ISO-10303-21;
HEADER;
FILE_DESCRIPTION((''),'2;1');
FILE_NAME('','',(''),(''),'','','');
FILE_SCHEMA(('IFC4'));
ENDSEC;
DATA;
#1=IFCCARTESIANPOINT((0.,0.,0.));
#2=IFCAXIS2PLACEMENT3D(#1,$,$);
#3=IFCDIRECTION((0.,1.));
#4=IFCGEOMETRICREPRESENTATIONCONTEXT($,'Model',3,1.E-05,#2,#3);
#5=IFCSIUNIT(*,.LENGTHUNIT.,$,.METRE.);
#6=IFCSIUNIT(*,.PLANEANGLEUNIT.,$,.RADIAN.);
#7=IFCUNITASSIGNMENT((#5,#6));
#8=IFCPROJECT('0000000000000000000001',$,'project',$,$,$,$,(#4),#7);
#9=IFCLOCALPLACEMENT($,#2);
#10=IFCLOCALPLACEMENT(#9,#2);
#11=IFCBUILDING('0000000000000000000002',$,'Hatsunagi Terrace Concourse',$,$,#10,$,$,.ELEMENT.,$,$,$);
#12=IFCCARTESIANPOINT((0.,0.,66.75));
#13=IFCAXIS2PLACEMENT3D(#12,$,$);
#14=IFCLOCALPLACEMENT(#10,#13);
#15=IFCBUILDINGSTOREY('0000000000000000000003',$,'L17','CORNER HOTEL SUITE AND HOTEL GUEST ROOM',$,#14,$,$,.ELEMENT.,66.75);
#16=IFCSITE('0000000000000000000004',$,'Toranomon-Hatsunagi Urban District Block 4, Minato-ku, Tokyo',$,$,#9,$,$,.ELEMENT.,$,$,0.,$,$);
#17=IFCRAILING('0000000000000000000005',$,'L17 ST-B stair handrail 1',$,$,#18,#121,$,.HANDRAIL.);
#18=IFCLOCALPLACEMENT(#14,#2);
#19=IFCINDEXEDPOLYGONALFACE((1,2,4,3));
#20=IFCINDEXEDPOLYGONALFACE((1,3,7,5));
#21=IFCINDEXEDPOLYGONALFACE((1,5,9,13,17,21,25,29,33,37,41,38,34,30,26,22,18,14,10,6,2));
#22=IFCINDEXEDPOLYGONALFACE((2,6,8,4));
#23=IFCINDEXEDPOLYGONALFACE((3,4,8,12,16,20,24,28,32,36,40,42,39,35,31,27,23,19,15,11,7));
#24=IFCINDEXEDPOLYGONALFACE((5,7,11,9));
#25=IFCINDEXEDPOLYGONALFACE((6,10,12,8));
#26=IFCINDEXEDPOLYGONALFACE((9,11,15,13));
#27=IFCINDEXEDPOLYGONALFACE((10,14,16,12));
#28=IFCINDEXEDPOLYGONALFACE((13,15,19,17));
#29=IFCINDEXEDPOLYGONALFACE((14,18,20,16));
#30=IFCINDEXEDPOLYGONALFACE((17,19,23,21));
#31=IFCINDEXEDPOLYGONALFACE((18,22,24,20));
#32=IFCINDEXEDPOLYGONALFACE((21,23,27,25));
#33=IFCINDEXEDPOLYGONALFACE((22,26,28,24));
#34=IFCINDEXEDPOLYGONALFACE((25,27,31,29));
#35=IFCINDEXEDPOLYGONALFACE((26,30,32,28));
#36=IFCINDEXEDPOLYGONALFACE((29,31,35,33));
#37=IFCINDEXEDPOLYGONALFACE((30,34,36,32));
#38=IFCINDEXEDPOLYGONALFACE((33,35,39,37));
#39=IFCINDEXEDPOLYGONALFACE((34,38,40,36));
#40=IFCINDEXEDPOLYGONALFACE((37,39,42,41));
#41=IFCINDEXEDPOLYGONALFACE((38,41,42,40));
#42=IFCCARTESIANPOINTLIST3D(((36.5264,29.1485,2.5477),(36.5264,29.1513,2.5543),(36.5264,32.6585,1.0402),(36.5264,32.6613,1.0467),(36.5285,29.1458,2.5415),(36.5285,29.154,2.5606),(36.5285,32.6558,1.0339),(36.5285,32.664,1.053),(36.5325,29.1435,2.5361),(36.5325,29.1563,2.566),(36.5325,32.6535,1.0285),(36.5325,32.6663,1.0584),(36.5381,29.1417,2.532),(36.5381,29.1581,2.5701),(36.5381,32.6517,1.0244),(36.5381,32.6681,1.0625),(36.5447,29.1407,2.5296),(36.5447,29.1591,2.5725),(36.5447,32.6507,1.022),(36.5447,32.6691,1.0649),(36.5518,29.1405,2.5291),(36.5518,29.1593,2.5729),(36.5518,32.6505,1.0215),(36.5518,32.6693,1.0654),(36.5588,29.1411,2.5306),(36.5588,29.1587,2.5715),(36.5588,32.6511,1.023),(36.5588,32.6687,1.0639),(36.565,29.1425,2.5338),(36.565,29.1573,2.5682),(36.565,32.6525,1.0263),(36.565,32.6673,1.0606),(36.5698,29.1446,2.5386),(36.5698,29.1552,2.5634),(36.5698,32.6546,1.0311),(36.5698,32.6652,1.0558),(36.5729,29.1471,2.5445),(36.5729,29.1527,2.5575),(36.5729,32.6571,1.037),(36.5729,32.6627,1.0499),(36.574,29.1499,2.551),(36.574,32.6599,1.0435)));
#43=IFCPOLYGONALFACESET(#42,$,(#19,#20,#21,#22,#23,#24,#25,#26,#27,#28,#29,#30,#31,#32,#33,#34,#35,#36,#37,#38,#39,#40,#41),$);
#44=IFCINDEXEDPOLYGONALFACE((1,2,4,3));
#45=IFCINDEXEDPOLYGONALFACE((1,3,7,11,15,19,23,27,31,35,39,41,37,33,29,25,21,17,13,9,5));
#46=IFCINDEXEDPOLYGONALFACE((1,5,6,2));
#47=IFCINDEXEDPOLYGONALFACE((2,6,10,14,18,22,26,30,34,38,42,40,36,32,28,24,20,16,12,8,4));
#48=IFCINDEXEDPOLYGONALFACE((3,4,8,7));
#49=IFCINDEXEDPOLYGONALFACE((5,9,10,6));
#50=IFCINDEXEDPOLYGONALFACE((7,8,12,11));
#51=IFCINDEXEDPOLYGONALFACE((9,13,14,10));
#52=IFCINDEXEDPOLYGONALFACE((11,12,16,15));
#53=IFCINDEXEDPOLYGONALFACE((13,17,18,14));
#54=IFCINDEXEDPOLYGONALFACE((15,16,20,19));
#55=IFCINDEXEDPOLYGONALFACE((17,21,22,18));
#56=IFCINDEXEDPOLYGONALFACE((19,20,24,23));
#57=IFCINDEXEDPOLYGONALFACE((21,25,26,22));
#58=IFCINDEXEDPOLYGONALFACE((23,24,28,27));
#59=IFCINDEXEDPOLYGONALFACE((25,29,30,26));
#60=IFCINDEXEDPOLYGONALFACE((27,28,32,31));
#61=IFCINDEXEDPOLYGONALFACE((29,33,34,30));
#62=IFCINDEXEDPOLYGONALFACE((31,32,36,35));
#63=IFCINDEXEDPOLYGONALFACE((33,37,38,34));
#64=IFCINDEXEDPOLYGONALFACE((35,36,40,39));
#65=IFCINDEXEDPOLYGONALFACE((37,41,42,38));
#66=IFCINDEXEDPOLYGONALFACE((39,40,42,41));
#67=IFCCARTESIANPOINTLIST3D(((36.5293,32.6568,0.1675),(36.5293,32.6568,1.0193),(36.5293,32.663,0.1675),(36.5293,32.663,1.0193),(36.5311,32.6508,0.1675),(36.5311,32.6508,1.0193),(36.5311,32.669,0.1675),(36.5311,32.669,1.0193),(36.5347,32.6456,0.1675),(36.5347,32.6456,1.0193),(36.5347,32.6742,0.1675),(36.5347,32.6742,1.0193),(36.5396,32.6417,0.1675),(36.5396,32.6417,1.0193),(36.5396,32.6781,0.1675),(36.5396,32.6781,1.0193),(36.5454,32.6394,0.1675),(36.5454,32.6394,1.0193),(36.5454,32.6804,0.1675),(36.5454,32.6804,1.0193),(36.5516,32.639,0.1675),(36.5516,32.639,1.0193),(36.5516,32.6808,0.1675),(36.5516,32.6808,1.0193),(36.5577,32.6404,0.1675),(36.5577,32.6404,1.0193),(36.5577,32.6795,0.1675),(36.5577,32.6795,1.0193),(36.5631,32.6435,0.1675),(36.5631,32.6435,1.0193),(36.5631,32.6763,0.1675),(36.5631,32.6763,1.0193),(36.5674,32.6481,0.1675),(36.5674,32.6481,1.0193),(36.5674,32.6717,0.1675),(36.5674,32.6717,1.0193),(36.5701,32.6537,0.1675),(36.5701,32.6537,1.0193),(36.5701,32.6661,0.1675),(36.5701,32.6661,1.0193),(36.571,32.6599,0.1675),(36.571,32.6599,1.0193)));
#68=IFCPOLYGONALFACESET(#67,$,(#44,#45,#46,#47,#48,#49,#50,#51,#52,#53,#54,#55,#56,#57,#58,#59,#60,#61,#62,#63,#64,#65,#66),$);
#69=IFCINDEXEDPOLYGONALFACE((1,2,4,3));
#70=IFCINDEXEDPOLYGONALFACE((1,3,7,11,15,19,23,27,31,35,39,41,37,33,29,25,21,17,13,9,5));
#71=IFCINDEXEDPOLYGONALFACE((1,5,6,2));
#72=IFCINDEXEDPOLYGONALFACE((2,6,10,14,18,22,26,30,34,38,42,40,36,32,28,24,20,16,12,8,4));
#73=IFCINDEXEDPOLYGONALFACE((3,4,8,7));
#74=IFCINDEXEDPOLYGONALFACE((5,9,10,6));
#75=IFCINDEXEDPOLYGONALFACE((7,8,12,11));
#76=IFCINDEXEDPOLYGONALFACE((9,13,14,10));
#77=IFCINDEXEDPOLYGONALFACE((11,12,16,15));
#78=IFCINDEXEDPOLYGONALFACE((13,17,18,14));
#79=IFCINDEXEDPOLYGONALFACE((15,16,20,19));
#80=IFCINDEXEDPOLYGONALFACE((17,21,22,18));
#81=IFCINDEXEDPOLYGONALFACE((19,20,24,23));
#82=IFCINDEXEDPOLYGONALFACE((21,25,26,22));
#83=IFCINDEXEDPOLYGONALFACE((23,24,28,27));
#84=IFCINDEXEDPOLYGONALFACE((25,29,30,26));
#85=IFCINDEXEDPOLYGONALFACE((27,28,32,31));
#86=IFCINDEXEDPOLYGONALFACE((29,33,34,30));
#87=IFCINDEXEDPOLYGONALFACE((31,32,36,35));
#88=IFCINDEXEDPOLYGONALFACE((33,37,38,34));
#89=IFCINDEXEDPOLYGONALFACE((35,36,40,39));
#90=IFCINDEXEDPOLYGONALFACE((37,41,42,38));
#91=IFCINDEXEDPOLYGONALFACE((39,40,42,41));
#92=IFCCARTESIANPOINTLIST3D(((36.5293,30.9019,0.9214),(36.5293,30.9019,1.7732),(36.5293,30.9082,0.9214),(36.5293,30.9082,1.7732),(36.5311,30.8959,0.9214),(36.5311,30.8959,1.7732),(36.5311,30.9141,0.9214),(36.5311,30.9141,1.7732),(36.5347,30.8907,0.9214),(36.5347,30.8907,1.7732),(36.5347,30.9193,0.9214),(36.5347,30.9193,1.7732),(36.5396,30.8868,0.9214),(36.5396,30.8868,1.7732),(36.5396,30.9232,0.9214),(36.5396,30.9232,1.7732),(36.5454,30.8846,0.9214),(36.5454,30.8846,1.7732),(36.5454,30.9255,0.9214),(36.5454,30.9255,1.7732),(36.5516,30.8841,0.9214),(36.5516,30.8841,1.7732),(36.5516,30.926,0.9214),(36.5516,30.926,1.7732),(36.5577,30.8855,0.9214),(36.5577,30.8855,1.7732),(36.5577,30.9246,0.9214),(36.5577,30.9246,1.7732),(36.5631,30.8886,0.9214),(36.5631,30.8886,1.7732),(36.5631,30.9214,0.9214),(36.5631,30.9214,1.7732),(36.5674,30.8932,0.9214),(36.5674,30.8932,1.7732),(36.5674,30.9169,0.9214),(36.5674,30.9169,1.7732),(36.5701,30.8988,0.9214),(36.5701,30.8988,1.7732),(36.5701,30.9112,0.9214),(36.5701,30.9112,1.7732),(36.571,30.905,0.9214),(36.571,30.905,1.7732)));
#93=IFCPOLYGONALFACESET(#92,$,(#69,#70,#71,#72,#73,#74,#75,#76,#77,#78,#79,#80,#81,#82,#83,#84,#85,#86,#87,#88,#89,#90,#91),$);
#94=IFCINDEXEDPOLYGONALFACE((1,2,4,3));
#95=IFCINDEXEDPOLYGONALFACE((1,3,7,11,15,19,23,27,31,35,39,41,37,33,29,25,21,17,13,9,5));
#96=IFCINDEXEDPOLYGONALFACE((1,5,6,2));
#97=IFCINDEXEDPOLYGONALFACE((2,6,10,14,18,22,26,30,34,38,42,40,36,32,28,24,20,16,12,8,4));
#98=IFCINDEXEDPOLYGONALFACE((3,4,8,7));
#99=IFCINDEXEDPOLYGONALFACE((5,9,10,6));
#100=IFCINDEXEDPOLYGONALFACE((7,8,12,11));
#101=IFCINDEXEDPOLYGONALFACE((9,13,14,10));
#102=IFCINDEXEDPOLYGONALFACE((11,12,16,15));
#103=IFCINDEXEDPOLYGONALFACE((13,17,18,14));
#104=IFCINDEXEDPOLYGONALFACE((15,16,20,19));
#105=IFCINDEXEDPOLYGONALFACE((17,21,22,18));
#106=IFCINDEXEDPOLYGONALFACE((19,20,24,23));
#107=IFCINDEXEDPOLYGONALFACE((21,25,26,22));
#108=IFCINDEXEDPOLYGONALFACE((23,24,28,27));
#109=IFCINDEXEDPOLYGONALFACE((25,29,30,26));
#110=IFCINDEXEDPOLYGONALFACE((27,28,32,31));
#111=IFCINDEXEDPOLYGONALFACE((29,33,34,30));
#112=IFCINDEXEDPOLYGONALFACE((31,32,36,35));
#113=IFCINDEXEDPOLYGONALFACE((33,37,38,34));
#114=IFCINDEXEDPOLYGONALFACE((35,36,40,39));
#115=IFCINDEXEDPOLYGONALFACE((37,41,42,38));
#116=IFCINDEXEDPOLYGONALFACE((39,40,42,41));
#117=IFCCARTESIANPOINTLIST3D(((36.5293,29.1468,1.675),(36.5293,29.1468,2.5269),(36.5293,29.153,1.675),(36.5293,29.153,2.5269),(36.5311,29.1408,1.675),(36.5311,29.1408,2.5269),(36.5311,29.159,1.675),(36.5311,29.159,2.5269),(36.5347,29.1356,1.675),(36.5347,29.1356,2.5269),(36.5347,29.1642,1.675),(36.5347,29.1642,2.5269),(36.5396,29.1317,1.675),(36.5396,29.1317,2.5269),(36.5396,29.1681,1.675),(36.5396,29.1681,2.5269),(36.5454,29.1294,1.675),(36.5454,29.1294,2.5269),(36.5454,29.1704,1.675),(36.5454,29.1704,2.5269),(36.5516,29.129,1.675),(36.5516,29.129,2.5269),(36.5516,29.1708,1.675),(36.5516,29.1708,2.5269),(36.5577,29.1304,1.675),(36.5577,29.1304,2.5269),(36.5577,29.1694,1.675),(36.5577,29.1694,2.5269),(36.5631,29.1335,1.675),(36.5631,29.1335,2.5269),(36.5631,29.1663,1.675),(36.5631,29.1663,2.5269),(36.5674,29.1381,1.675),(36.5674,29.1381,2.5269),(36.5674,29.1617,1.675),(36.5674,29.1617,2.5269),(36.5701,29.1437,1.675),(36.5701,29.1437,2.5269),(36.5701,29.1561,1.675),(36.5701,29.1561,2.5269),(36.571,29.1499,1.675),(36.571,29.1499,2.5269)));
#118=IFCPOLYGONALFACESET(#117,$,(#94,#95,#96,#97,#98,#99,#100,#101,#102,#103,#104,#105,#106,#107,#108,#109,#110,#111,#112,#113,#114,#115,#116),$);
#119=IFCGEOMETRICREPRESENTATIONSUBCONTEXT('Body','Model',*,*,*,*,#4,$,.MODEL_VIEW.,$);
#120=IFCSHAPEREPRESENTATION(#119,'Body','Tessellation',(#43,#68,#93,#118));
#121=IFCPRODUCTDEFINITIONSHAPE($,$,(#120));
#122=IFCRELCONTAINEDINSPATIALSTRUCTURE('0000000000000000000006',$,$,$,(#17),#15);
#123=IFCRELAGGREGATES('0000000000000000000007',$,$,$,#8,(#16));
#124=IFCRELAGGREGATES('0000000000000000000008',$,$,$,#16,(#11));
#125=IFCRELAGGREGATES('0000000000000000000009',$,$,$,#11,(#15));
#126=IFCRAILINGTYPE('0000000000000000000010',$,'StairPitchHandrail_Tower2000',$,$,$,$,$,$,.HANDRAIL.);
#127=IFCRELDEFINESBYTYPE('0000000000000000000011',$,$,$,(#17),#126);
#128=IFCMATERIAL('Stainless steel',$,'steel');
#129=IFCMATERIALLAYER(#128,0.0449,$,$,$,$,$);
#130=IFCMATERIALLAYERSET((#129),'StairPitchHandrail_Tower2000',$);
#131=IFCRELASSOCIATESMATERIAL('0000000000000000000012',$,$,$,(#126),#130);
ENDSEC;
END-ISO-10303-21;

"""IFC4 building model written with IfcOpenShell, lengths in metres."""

from ifc_helpers import new_model, si_unit, direction, frame, origin, origin_2d, place, context, subcontext, project, spatial, circle, extrude, material, layer, layer_set, type_object, element, save


model = new_model("IFC4")

# Units and contexts
model_context = context("Model", 3, precision=1e-05, world=origin(), true_north=direction((0.0, 1.0)))
body_context = subcontext(model_context, "Body", "Model", "MODEL_VIEW")
ifc_project = project(units=[si_unit("LENGTHUNIT", "METRE"), si_unit("PLANEANGLEUNIT", "RADIAN")], contexts=[model_context])

# Site, building, storey
site_placement = place(None, origin())
site = spatial("IfcSite", under=ifc_project, at=site_placement, Name="Toranomon-Hatsunagi Urban District Block 4, Minato-ku, Tokyo", CompositionType="ELEMENT", RefElevation=0.0)
building_placement = place(site_placement, origin())
building = spatial("IfcBuilding", under=site, at=building_placement, Name="Hatsunagi Terrace Concourse", CompositionType="ELEMENT")
storey_placement = place(building_placement, frame((0.0, 0.0, 66.75)))
storey = spatial("IfcBuildingStorey", under=building, at=storey_placement, Name="L17", Description="CORNER HOTEL SUITE AND HOTEL GUEST ROOM", CompositionType="ELEMENT", Elevation=66.75)

# Railing
ifc_material_1 = material(Name="Stainless steel", Category="steel")
ifc_layer_1 = layer(ifc_material_1, 0.0449)
ifc_layer_set_1 = layer_set([ifc_layer_1], Name="StairPitchHandrail_Tower2000")
railing_type_1 = type_object("IfcRailingType", Name="StairPitchHandrail_Tower2000", PredefinedType="HANDRAIL", material=ifc_layer_set_1)
railing_1_placement = place(storey_placement, frame((36.55, 32.6599, 0.1675)))
element("IfcRailing", 1, at=railing_1_placement, inside=storey, type_object=railing_type_1, Name="L17 ST-B stair handrail 1", PredefinedType="HANDRAIL", context=body_context, shape_type="SweptSolid", body=[
    extrude(circle(Radius=0.0239, at=origin_2d()), frame((0.0, 0.0, 0.876), z_axis=(0.0, -0.918834, 0.394644), x_axis=(1.0, 0.0, 0.0)), (0.0, 0.0, 1.0), 3.8201),
    extrude(circle(Radius=0.021, at=origin_2d()), origin(), (0.0, 0.0, 1.0), 0.8518),
    extrude(circle(Radius=0.021, at=origin_2d()), frame((0.0, -1.7549, 0.7539)), (0.0, 0.0, 1.0), 0.8518),
    extrude(circle(Radius=0.021, at=origin_2d()), frame((0.0, -3.51, 1.5076)), (0.0, 0.0, 1.0), 0.8518),
])

save(model, "model.ifc")
